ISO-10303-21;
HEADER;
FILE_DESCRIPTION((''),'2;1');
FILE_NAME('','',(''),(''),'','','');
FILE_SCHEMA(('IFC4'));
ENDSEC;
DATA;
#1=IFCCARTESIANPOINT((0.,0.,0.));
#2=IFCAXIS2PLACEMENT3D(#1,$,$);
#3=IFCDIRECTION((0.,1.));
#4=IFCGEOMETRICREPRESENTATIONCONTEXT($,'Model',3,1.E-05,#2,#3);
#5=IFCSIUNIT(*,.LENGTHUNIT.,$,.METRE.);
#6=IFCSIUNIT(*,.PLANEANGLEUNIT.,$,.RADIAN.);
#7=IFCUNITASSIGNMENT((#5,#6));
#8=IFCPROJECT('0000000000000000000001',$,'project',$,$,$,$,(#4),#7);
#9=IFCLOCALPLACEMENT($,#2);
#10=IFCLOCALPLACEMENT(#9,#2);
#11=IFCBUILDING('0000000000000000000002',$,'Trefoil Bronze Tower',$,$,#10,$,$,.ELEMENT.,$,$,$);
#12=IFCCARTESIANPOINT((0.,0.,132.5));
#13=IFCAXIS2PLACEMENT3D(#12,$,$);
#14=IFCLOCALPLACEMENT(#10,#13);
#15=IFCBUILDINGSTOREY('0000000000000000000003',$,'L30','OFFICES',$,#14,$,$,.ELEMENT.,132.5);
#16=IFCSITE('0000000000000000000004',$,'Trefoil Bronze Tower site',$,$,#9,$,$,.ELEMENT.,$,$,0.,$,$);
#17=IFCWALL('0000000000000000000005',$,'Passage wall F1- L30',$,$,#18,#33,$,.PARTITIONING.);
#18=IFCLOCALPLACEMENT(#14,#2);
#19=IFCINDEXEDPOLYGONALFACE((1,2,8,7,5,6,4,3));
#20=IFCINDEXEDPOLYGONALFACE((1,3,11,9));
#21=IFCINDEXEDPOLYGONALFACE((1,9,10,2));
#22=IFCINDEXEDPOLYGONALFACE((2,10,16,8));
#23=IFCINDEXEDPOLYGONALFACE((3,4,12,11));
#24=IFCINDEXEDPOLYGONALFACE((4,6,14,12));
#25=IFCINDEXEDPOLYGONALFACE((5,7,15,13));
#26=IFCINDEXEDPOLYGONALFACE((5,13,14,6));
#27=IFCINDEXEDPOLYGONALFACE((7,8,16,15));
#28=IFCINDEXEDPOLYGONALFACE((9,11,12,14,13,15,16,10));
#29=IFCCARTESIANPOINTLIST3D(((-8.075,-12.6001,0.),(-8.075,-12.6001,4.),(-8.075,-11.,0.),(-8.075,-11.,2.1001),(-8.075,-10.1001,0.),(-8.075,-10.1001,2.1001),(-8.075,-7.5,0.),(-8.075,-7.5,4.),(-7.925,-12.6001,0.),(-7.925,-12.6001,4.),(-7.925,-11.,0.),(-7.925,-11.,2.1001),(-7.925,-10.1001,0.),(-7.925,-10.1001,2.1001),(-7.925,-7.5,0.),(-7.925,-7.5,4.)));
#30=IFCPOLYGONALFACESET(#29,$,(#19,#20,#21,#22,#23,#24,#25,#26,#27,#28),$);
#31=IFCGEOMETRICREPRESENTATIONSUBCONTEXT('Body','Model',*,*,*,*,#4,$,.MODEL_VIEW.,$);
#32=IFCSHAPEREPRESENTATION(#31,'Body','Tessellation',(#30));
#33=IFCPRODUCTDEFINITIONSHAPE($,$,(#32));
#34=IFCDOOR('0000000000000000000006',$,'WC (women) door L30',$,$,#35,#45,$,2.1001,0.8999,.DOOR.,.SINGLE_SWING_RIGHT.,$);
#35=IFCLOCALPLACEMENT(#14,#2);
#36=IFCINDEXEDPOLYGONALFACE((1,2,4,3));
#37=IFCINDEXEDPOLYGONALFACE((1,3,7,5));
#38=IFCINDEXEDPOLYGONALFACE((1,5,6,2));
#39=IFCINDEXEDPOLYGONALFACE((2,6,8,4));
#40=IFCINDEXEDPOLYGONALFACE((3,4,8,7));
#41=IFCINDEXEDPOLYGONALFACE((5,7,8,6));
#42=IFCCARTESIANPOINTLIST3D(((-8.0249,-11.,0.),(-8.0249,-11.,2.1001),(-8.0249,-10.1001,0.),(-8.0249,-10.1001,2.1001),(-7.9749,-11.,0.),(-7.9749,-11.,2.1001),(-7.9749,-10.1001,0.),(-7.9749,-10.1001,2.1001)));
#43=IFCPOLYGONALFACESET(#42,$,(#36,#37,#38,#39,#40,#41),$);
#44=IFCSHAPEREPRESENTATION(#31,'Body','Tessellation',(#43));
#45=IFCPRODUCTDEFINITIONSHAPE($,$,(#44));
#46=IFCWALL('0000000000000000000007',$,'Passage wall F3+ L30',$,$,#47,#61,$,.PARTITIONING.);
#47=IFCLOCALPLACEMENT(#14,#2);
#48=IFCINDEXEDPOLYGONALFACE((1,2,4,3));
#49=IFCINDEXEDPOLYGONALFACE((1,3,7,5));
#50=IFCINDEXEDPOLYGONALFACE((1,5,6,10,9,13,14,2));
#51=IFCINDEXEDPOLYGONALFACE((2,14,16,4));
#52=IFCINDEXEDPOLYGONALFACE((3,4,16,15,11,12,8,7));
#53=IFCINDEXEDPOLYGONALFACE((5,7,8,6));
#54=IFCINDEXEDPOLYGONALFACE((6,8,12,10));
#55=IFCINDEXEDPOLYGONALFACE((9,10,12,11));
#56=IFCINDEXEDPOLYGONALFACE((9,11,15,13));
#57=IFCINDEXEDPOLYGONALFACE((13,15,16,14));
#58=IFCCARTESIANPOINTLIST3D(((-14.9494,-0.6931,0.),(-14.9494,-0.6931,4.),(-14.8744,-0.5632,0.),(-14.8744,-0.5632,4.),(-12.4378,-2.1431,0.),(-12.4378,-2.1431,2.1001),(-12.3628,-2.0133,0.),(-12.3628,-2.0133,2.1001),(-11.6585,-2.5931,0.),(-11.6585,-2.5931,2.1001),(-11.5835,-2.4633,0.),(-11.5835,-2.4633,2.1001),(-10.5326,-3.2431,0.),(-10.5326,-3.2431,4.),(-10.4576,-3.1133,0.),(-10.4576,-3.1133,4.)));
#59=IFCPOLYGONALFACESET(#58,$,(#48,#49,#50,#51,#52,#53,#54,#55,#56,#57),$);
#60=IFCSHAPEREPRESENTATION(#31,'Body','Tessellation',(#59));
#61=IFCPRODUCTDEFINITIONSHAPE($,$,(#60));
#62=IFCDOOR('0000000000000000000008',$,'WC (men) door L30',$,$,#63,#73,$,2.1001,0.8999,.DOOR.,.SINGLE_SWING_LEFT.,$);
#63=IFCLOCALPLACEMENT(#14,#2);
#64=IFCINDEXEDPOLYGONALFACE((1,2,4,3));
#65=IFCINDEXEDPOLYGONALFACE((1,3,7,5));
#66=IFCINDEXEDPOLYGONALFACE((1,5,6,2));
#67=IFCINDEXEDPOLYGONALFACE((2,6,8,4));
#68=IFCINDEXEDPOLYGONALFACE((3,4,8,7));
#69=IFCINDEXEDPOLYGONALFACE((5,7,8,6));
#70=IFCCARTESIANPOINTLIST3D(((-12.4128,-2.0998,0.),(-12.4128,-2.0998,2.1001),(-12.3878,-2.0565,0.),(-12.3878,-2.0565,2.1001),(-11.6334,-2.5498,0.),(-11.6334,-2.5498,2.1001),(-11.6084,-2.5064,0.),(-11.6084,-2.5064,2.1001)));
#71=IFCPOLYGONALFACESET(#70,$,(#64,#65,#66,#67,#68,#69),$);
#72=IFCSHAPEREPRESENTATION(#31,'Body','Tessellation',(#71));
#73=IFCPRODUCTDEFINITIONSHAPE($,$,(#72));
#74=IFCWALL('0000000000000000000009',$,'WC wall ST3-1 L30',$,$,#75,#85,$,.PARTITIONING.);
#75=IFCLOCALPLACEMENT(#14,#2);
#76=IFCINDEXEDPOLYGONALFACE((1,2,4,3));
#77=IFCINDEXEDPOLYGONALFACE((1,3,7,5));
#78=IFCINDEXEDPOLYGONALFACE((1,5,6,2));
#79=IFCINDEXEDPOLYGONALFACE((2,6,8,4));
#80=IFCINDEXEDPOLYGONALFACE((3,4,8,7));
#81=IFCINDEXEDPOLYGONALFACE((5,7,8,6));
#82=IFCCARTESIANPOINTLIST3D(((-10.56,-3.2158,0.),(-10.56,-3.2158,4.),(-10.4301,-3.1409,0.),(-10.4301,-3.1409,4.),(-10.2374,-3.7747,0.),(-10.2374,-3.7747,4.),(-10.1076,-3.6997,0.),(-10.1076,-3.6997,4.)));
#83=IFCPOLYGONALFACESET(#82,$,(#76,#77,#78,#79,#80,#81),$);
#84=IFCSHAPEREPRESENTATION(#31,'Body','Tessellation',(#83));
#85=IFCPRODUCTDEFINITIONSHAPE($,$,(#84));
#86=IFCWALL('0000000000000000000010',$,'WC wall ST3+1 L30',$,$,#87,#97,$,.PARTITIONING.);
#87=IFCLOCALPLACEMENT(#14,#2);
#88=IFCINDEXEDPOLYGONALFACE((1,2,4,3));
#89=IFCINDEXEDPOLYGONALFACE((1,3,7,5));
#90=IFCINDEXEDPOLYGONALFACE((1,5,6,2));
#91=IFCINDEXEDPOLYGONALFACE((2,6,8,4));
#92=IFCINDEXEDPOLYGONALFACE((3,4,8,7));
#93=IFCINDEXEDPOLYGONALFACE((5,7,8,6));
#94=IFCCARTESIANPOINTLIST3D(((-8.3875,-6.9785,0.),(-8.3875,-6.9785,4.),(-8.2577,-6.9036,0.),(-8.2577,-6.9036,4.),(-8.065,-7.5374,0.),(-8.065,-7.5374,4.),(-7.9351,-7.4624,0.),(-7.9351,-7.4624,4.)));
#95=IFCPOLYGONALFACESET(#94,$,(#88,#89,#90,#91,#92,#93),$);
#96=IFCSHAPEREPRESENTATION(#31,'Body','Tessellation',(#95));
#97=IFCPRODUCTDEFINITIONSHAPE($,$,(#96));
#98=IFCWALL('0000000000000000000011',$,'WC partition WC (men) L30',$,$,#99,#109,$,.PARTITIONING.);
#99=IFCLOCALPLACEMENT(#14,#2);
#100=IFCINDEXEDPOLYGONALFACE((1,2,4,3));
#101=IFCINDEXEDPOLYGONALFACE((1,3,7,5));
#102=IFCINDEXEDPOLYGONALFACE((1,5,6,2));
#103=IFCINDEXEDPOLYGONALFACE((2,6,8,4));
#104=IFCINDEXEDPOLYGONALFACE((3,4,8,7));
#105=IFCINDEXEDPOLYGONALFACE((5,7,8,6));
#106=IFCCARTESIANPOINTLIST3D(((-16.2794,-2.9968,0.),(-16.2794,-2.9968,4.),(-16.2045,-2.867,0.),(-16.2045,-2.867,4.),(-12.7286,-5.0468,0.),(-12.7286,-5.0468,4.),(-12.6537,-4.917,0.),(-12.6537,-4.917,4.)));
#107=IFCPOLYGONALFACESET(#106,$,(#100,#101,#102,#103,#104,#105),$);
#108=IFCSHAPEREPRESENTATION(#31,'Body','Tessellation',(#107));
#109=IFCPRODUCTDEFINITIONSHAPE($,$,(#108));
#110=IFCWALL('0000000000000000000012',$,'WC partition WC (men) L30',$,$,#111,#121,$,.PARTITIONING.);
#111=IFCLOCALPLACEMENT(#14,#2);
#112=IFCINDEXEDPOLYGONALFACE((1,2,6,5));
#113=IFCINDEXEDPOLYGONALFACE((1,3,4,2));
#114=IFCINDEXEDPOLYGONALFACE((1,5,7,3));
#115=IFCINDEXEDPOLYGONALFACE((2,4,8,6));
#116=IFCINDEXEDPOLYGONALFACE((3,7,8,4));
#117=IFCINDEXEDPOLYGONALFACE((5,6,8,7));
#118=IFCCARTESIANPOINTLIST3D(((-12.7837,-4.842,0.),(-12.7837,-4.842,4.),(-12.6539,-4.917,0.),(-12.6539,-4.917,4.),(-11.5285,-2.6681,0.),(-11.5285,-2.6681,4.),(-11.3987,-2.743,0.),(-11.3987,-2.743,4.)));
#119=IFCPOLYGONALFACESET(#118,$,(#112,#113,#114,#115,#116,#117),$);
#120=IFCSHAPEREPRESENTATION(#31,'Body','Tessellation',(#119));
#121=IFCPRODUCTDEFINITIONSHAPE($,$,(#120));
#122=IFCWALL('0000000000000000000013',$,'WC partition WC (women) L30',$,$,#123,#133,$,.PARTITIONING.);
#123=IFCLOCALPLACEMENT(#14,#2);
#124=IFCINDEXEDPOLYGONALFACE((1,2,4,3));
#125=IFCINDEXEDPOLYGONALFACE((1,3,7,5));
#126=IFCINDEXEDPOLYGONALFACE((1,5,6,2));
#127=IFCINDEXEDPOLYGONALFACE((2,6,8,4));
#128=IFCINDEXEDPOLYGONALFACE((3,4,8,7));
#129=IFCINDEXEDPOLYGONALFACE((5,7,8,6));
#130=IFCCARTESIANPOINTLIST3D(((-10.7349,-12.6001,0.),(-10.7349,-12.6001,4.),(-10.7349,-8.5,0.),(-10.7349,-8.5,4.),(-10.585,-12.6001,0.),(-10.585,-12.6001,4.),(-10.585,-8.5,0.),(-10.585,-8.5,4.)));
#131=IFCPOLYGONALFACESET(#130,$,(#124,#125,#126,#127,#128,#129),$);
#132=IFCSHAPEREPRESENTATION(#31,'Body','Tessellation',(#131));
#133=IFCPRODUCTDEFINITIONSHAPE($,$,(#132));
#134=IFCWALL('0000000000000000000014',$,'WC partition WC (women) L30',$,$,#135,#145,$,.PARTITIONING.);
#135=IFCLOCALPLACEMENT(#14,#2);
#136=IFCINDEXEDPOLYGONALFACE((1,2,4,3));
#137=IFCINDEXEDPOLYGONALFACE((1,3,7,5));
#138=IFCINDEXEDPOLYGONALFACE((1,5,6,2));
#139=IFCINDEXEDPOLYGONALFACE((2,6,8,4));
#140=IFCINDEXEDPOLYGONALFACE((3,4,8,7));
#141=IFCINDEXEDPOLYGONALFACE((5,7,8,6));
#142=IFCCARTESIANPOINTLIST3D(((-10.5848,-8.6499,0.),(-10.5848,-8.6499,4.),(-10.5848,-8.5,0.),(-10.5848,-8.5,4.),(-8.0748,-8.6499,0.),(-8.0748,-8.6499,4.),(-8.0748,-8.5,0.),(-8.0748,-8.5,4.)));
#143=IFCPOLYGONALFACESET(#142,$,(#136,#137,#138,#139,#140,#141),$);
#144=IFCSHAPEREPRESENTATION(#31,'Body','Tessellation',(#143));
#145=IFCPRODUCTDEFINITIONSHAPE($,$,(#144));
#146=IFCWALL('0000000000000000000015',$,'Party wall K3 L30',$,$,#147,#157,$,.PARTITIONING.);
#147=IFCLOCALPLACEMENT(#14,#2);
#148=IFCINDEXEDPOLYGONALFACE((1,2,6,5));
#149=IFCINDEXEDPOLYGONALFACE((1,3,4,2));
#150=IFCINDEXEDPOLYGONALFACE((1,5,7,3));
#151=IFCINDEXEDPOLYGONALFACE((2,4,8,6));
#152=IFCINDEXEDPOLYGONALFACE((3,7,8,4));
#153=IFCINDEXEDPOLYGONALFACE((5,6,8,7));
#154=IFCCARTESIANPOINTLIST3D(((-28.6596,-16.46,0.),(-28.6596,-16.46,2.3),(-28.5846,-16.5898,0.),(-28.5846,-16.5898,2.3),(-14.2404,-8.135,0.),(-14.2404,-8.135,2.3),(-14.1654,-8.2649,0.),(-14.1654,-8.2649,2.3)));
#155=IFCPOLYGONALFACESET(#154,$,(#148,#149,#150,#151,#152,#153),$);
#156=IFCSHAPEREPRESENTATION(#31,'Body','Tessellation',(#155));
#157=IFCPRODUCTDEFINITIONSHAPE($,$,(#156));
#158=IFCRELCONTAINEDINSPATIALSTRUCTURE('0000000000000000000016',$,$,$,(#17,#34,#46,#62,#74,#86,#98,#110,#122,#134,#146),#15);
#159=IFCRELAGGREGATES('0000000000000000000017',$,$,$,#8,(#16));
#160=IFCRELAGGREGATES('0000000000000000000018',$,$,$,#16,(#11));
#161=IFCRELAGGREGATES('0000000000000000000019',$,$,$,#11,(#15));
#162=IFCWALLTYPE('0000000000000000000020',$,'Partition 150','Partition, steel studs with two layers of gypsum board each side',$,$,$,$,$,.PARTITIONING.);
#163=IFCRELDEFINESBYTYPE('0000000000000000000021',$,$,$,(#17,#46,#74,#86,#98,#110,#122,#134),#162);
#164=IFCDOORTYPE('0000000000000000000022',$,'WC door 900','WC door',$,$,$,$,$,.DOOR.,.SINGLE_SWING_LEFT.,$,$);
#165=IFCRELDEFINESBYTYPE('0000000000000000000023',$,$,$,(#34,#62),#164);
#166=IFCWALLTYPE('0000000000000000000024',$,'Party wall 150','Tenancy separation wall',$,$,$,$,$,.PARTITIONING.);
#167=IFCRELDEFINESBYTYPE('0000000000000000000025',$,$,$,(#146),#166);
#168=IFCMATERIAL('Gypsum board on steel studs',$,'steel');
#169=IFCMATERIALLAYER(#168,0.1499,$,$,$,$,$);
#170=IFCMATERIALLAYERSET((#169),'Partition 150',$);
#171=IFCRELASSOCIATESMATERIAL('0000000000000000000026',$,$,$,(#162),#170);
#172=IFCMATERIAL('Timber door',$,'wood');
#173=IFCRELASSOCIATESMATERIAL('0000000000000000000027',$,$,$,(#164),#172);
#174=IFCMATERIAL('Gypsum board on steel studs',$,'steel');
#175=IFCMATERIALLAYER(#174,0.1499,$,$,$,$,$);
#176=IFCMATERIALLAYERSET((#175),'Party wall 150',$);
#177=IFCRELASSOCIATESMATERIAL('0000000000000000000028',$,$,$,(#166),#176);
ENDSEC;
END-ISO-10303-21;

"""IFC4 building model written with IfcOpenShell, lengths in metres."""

from ifc_helpers import new_model, si_unit, direction, frame, frame_2d, origin, place, context, subcontext, project, spatial, rectangle, extrude, material, layer, layer_set, type_object, element, fill, save


model = new_model("IFC4")

# Units and contexts
model_context = context("Model", 3, precision=1e-05, world=origin(), true_north=direction((0.0, 1.0)))
body_context = subcontext(model_context, "Body", "Model", "MODEL_VIEW")
ifc_project = project(units=[si_unit("LENGTHUNIT", "METRE"), si_unit("PLANEANGLEUNIT", "RADIAN")], contexts=[model_context])

# Site, building, storey
site_placement = place(None, origin())
site = spatial("IfcSite", under=ifc_project, at=site_placement, Name="Trefoil Bronze Tower site", CompositionType="ELEMENT", RefElevation=0.0)
building_placement = place(site_placement, origin())
building = spatial("IfcBuilding", under=site, at=building_placement, Name="Trefoil Bronze Tower", CompositionType="ELEMENT")
storey_placement = place(building_placement, frame((0.0, 0.0, 132.5)))
storey = spatial("IfcBuildingStorey", under=building, at=storey_placement, Name="L30", Description="OFFICES", CompositionType="ELEMENT", Elevation=132.5)

# Walls, openings, doors
ifc_material_1 = material(Name="Gypsum board on steel studs", Category="steel")
ifc_layer_1 = layer(ifc_material_1, 0.1499)
ifc_layer_set_1 = layer_set([ifc_layer_1], Name="Partition 150")
wall_type_1 = type_object("IfcWallType", Name="Partition 150", Description="Partition, steel studs with two layers of gypsum board each side", PredefinedType="PARTITIONING", material=ifc_layer_set_1)
wall_1_placement = place(storey_placement, frame((-8.0, -7.5, 0.0), z_axis=(0.0, 0.0, 1.0), x_axis=(0.0, -1.0, 0.0)))
wall_1 = element("IfcWall", 1, at=wall_1_placement, inside=storey, type_object=wall_type_1, Name="Passage wall F1- L30", PredefinedType="PARTITIONING", context=body_context, shape_type="SweptSolid", body=[
    extrude(rectangle(XDim=5.1001, YDim=0.1499, at=frame_2d((2.55, 0.0))), origin(), (0.0, 0.0, 1.0), 4.0),
])
opening_1_placement = place(wall_1_placement, frame((2.6001, 0.0, 0.0)))
opening_1 = element("IfcOpeningElement", 2, at=opening_1_placement, cuts=wall_1, PredefinedType="OPENING", context=body_context, shape_type="SweptSolid", body=[
    extrude(rectangle(XDim=0.8999, YDim=2.1001, at=frame_2d((0.45, 1.05))), frame((0.0, 0.085, 0.0), z_axis=(0.0, -1.0, 0.0), x_axis=(1.0, 0.0, 0.0)), (0.0, 0.0, 1.0), 0.1699),
])
ifc_material_2 = material(Name="Timber door", Category="wood")
door_type_1 = type_object("IfcDoorType", Name="WC door 900", Description="WC door", OperationType="SINGLE_SWING_LEFT", PredefinedType="DOOR", material=ifc_material_2)
door_1_placement = place(opening_1_placement, frame((0.8999, 0.0, 0.0), z_axis=(0.0, 0.0, 1.0), x_axis=(-1.0, 0.0, 0.0)))
door_1 = element("IfcDoor", 3, at=door_1_placement, inside=storey, type_object=door_type_1, Name="WC (women) door L30", OperationType="SINGLE_SWING_RIGHT", OverallHeight=2.1001, OverallWidth=0.8999, PredefinedType="DOOR", context=body_context, shape_type="SweptSolid", body=[
    extrude(rectangle(XDim=0.8999, YDim=2.1001, at=frame_2d((0.45, 1.05))), frame((0.0, 0.0249, 0.0), z_axis=(0.0, -1.0, 0.0), x_axis=(1.0, 0.0, 0.0)), (0.0, 0.0, 1.0), 0.05),
])
fill(opening_1, door_1)
wall_2_placement = place(storey_placement, frame((-10.4951, -3.1782, 0.0), z_axis=(0.0, 0.0, 1.0), x_axis=(-0.866022, 0.500006, 0.0)))
wall_2 = element("IfcWall", 4, at=wall_2_placement, inside=storey, type_object=wall_type_1, Name="Passage wall F3+ L30", PredefinedType="PARTITIONING", context=body_context, shape_type="SweptSolid", body=[
    extrude(rectangle(XDim=5.1001, YDim=0.1499, at=frame_2d((2.55, 0.0))), origin(), (0.0, 0.0, 1.0), 4.0),
])
opening_2_placement = place(wall_2_placement, frame((1.3, 0.0, 0.0)))
opening_2 = element("IfcOpeningElement", 5, at=opening_2_placement, cuts=wall_2, PredefinedType="OPENING", context=body_context, shape_type="SweptSolid", body=[
    extrude(rectangle(XDim=0.8999, YDim=2.1001, at=frame_2d((0.45, 1.05))), frame((0.0, 0.085, 0.0), z_axis=(0.0, -1.0, 0.0), x_axis=(1.0, 0.0, 0.0)), (0.0, 0.0, 1.0), 0.1699),
])
door_2_placement = place(opening_2_placement, origin())
door_2 = element("IfcDoor", 6, at=door_2_placement, inside=storey, type_object=door_type_1, Name="WC (men) door L30", OperationType="SINGLE_SWING_LEFT", OverallHeight=2.1001, OverallWidth=0.8999, PredefinedType="DOOR", context=body_context, shape_type="SweptSolid", body=[
    extrude(rectangle(XDim=0.8999, YDim=2.1001, at=frame_2d((0.45, 1.05))), frame((0.0, 0.0249, 0.0), z_axis=(0.0, -1.0, 0.0), x_axis=(1.0, 0.0, 0.0)), (0.0, 0.0, 1.0), 0.05),
])
fill(opening_2, door_2)

# Walls
for number, where, z_axis, x_axis, name in (
    (7, (-10.4951, -3.1782, 0.0), (0.0, 0.0, 1.0), (0.499843, -0.866116, 0.0), "WC wall ST3-1 L30"),
    (8, (-8.0, -7.5, 0.0), (0.0, 0.0, 1.0), (-0.499843, 0.866116, 0.0), "WC wall ST3+1 L30"),
):
    element("IfcWall", number, at=place(storey_placement, frame(where, z_axis=z_axis, x_axis=x_axis)), inside=storey, type_object=wall_type_1, Name=name, PredefinedType="PARTITIONING", context=body_context, shape_type="SweptSolid", body=[
        extrude(rectangle(XDim=0.6453, YDim=0.1499, at=frame_2d((0.3228, 0.0))), origin(), (0.0, 0.0, 1.0), 4.0),
    ])
wall_3_placement = place(storey_placement, frame((-12.6912, -4.9819, 0.0), z_axis=(0.0, 0.0, 1.0), x_axis=(-0.866025, 0.500001, 0.0)))
element("IfcWall", 9, at=wall_3_placement, inside=storey, type_object=wall_type_1, Name="WC partition WC (men) L30", PredefinedType="PARTITIONING", context=body_context, shape_type="SweptSolid", body=[
    extrude(rectangle(XDim=4.1001, YDim=0.1499, at=frame_2d((2.05, 0.0))), origin(), (0.0, 0.0, 1.0), 4.0),
])
wall_4_placement = place(storey_placement, frame((-11.4636, -2.7056, 0.0), z_axis=(0.0, 0.0, 1.0), x_axis=(-0.50002, -0.866014, 0.0)))
element("IfcWall", 10, at=wall_4_placement, inside=storey, type_object=wall_type_1, Name="WC partition WC (men) L30", PredefinedType="PARTITIONING", context=body_context, shape_type="SweptSolid", body=[
    extrude(rectangle(XDim=2.5103, YDim=0.1499, at=frame_2d((1.2551, 0.0))), origin(), (0.0, 0.0, 1.0), 4.0),
])
wall_5_placement = place(storey_placement, frame((-10.6599, -8.5, 0.0), z_axis=(0.0, 0.0, 1.0), x_axis=(0.0, -1.0, 0.0)))
element("IfcWall", 11, at=wall_5_placement, inside=storey, type_object=wall_type_1, Name="WC partition WC (women) L30", PredefinedType="PARTITIONING", context=body_context, shape_type="SweptSolid", body=[
    extrude(rectangle(XDim=4.1001, YDim=0.1499, at=frame_2d((2.05, 0.0))), origin(), (0.0, 0.0, 1.0), 4.0),
])
wall_6_placement = place(storey_placement, frame((-8.075, -8.575, 0.0), z_axis=(0.0, 0.0, 1.0), x_axis=(-1.0, 0.0, 0.0)))
element("IfcWall", 12, at=wall_6_placement, inside=storey, type_object=wall_type_1, Name="WC partition WC (women) L30", PredefinedType="PARTITIONING", context=body_context, shape_type="SweptSolid", body=[
    extrude(rectangle(XDim=2.51, YDim=0.1499, at=frame_2d((1.2549, 0.0))), origin(), (0.0, 0.0, 1.0), 4.0),
])
ifc_material_3 = material(Name="Gypsum board on steel studs", Category="steel")
ifc_layer_2 = layer(ifc_material_3, 0.1499)
ifc_layer_set_2 = layer_set([ifc_layer_2], Name="Party wall 150")
wall_type_2 = type_object("IfcWallType", Name="Party wall 150", Description="Tenancy separation wall", PredefinedType="PARTITIONING", material=ifc_layer_set_2)
wall_7_placement = place(storey_placement, frame((-14.2029, -8.2, 0.0), z_axis=(0.0, 0.0, 1.0), x_axis=(-0.866025, -0.500001, 0.0)))
element("IfcWall", 13, at=wall_7_placement, inside=storey, type_object=wall_type_2, Name="Party wall K3 L30", PredefinedType="PARTITIONING", context=body_context, shape_type="SweptSolid", body=[
    extrude(rectangle(XDim=16.6499, YDim=0.1499, at=frame_2d((8.325, 0.0))), origin(), (0.0, 0.0, 1.0), 2.3),
])

save(model, "model.ifc")
